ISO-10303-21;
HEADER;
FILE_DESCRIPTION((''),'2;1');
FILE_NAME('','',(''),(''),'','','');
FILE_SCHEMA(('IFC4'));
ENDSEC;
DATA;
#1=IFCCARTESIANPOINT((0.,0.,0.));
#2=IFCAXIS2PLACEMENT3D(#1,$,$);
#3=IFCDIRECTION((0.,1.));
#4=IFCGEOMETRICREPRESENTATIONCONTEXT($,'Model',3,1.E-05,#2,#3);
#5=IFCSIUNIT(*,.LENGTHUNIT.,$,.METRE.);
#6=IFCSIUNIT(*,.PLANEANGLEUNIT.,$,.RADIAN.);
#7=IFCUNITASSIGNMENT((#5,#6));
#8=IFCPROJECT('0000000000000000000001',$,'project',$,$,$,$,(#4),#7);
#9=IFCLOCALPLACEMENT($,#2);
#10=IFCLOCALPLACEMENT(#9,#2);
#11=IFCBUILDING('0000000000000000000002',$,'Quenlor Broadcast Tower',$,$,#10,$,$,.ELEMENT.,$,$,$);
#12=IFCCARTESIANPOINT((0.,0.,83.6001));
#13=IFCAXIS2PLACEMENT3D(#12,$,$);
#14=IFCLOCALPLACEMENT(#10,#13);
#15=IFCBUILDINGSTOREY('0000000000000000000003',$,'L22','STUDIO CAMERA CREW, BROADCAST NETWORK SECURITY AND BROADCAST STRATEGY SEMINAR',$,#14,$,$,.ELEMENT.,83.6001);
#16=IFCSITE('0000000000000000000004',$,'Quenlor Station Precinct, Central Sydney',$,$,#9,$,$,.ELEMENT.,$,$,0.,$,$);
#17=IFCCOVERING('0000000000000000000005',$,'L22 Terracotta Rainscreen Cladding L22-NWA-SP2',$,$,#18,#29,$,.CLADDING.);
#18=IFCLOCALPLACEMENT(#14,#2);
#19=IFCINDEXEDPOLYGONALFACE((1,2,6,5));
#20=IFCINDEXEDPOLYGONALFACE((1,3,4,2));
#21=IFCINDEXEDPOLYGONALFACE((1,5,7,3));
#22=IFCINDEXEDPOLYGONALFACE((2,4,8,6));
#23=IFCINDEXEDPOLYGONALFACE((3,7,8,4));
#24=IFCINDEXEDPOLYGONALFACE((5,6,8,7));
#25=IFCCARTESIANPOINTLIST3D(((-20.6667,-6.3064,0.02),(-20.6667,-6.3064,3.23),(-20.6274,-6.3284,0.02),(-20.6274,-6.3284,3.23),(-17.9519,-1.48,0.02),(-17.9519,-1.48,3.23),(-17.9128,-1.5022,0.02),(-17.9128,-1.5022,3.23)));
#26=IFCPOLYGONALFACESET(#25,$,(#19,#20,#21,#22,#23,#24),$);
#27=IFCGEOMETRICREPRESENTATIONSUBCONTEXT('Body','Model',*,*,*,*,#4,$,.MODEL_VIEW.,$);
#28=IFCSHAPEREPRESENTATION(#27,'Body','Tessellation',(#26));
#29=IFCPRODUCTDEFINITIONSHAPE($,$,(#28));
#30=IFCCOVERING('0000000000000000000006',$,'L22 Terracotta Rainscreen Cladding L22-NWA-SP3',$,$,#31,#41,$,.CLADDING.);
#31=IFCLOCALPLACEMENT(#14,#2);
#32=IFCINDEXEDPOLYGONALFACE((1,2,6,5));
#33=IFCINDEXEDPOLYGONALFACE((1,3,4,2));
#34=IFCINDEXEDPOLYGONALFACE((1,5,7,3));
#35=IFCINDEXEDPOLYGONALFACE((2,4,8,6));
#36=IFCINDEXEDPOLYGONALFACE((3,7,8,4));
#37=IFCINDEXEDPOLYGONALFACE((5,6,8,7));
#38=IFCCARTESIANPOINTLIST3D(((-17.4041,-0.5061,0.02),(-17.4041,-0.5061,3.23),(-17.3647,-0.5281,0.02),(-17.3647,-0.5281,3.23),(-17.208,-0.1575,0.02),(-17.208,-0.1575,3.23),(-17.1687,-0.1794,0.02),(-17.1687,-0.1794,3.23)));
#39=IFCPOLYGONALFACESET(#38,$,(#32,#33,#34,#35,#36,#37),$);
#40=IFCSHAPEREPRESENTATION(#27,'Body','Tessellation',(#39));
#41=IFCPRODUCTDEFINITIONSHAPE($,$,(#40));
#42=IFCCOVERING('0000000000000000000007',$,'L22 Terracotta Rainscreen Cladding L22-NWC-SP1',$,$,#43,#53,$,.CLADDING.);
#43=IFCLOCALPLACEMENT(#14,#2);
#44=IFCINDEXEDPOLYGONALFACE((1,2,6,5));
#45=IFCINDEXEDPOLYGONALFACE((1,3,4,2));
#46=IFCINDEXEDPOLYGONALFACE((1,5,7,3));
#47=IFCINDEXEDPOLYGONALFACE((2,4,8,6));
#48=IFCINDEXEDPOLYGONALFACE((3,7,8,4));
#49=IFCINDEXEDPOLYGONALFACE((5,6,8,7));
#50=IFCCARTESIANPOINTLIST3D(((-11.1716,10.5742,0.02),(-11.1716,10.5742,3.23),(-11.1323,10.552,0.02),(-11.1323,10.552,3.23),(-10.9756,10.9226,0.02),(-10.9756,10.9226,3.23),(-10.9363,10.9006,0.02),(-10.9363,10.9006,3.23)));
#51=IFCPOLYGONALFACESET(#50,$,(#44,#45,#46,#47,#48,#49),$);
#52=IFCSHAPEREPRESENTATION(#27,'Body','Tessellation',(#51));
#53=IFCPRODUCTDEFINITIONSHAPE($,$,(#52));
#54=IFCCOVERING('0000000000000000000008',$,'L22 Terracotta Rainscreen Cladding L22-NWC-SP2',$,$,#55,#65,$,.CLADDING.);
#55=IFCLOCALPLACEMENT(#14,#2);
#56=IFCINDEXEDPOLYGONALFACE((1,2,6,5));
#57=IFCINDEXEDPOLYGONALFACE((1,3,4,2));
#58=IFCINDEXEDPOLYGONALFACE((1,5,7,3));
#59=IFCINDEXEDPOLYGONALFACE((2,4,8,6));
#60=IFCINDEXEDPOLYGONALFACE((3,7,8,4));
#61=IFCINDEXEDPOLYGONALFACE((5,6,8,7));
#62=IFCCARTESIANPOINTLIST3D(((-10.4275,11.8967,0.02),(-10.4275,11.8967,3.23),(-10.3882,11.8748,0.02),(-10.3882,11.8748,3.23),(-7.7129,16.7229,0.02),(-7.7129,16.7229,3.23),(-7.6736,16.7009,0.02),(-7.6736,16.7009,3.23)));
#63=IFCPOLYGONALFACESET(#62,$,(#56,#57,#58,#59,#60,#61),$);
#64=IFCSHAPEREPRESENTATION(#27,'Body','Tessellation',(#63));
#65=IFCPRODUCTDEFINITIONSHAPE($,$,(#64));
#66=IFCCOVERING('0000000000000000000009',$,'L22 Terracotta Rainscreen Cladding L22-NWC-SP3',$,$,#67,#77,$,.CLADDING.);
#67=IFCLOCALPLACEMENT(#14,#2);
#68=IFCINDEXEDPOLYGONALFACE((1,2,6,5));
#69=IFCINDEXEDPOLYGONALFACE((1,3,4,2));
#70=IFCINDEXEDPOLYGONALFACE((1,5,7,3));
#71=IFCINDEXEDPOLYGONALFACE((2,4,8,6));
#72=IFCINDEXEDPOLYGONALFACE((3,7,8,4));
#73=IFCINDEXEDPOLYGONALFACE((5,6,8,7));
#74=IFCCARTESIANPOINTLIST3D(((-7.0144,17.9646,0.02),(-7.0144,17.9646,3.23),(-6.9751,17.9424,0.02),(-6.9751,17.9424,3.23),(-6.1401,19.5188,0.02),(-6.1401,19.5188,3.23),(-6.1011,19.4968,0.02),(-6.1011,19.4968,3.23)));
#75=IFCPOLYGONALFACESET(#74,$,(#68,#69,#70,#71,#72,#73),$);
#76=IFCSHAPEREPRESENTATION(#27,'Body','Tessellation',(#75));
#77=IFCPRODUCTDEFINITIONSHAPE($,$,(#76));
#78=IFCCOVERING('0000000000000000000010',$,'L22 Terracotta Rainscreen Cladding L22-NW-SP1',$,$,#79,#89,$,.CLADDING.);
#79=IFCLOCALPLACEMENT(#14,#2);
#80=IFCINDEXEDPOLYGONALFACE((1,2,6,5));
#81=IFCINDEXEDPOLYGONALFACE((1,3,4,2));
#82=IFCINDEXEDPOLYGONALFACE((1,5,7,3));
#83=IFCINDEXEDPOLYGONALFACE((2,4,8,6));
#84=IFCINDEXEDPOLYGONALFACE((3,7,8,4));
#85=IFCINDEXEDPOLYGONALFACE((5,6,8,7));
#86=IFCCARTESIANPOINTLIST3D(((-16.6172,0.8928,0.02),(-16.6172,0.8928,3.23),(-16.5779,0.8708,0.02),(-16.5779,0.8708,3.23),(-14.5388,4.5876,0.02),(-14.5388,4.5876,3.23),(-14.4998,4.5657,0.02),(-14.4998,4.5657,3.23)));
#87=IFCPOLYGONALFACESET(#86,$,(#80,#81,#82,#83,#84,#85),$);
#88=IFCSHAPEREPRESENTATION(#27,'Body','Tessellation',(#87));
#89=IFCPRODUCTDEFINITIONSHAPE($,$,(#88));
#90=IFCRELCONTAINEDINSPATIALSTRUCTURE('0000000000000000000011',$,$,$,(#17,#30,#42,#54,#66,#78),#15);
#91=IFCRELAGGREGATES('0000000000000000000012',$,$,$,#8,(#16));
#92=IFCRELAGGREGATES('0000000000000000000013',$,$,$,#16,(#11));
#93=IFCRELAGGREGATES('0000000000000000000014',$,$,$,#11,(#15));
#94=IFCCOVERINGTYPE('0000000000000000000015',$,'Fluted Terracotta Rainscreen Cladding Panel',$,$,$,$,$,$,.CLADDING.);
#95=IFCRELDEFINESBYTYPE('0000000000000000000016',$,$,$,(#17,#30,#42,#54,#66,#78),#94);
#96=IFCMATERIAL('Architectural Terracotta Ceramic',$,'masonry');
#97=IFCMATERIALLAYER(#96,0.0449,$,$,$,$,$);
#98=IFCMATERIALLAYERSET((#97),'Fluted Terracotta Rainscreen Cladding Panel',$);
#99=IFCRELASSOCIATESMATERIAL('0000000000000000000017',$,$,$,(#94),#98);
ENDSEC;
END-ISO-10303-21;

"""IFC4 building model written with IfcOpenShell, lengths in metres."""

from ifc_helpers import new_model, si_unit, direction, frame, origin, place, context, subcontext, project, spatial, polyline, outline, extrude, material, layer, layer_set, type_object, element, save


model = new_model("IFC4")

# Units and contexts
model_context = context("Model", 3, precision=1e-05, world=origin(), true_north=direction((0.0, 1.0)))
body_context = subcontext(model_context, "Body", "Model", "MODEL_VIEW")
ifc_project = project(units=[si_unit("LENGTHUNIT", "METRE"), si_unit("PLANEANGLEUNIT", "RADIAN")], contexts=[model_context])

# Site, building, storey
site_placement = place(None, origin())
site = spatial("IfcSite", under=ifc_project, at=site_placement, Name="Quenlor Station Precinct, Central Sydney", CompositionType="ELEMENT", RefElevation=0.0)
building_placement = place(site_placement, origin())
building = spatial("IfcBuilding", under=site, at=building_placement, Name="Quenlor Broadcast Tower", CompositionType="ELEMENT")
storey_placement = place(building_placement, frame((0.0, 0.0, 83.6001)))
storey = spatial("IfcBuildingStorey", under=building, at=storey_placement, Name="L22", Description="STUDIO CAMERA CREW, BROADCAST NETWORK SECURITY AND BROADCAST STRATEGY SEMINAR", CompositionType="ELEMENT", Elevation=83.6001)

# Coverings
ifc_material_1 = material(Name="Architectural Terracotta Ceramic", Category="masonry")
ifc_layer_1 = layer(ifc_material_1, 0.0449)
ifc_layer_set_1 = layer_set([ifc_layer_1], Name="Fluted Terracotta Rainscreen Cladding Panel")
covering_type = type_object("IfcCoveringType", Name="Fluted Terracotta Rainscreen Cladding Panel", PredefinedType="CLADDING", material=ifc_layer_set_1)
covering_1_placement = place(storey_placement, frame((0.0, 0.0, 0.02)))
element("IfcCovering", 1, at=covering_1_placement, inside=storey, type_object=covering_type, Name="L22 Terracotta Rainscreen Cladding L22-NWA-SP2", PredefinedType="CLADDING", context=body_context, shape_type="SweptSolid", body=[
    extrude(outline(polyline([(-20.6274, -6.3284), (-17.9128, -1.5022), (-17.9519, -1.48), (-20.6667, -6.3064), (-20.6274, -6.3284)])), origin(), (0.0, 0.0, 1.0), 3.21),
])
covering_2_placement = place(storey_placement, frame((0.0, 0.0, 0.02)))
element("IfcCovering", 2, at=covering_2_placement, inside=storey, type_object=covering_type, Name="L22 Terracotta Rainscreen Cladding L22-NWA-SP3", PredefinedType="CLADDING", context=body_context, shape_type="SweptSolid", body=[
    extrude(outline(polyline([(-17.3647, -0.5281), (-17.1687, -0.1794), (-17.208, -0.1575), (-17.4041, -0.5061), (-17.3647, -0.5281)])), origin(), (0.0, 0.0, 1.0), 3.21),
])
covering_3_placement = place(storey_placement, frame((0.0, 0.0, 0.02)))
element("IfcCovering", 3, at=covering_3_placement, inside=storey, type_object=covering_type, Name="L22 Terracotta Rainscreen Cladding L22-NWC-SP1", PredefinedType="CLADDING", context=body_context, shape_type="SweptSolid", body=[
    extrude(outline(polyline([(-11.1323, 10.552), (-10.9363, 10.9006), (-10.9756, 10.9226), (-11.1716, 10.5742), (-11.1323, 10.552)])), origin(), (0.0, 0.0, 1.0), 3.21),
])
covering_4_placement = place(storey_placement, frame((0.0, 0.0, 0.02)))
element("IfcCovering", 4, at=covering_4_placement, inside=storey, type_object=covering_type, Name="L22 Terracotta Rainscreen Cladding L22-NWC-SP2", PredefinedType="CLADDING", context=body_context, shape_type="SweptSolid", body=[
    extrude(outline(polyline([(-10.3882, 11.8748), (-7.6736, 16.7009), (-7.7129, 16.7229), (-10.4275, 11.8967), (-10.3882, 11.8748)])), origin(), (0.0, 0.0, 1.0), 3.21),
])
covering_5_placement = place(storey_placement, frame((0.0, 0.0, 0.02)))
element("IfcCovering", 5, at=covering_5_placement, inside=storey, type_object=covering_type, Name="L22 Terracotta Rainscreen Cladding L22-NWC-SP3", PredefinedType="CLADDING", context=body_context, shape_type="SweptSolid", body=[
    extrude(outline(polyline([(-6.9751, 17.9424), (-6.1011, 19.4968), (-6.1401, 19.5188), (-7.0144, 17.9646), (-6.9751, 17.9424)])), origin(), (0.0, 0.0, 1.0), 3.21),
])
covering_6_placement = place(storey_placement, frame((0.0, 0.0, 0.02)))
element("IfcCovering", 6, at=covering_6_placement, inside=storey, type_object=covering_type, Name="L22 Terracotta Rainscreen Cladding L22-NW-SP1", PredefinedType="CLADDING", context=body_context, shape_type="SweptSolid", body=[
    extrude(outline(polyline([(-16.5779, 0.8708), (-14.4998, 4.5657), (-14.5388, 4.5876), (-16.6172, 0.8928), (-16.5779, 0.8708)])), origin(), (0.0, 0.0, 1.0), 3.21),
])

save(model, "model.ifc")
